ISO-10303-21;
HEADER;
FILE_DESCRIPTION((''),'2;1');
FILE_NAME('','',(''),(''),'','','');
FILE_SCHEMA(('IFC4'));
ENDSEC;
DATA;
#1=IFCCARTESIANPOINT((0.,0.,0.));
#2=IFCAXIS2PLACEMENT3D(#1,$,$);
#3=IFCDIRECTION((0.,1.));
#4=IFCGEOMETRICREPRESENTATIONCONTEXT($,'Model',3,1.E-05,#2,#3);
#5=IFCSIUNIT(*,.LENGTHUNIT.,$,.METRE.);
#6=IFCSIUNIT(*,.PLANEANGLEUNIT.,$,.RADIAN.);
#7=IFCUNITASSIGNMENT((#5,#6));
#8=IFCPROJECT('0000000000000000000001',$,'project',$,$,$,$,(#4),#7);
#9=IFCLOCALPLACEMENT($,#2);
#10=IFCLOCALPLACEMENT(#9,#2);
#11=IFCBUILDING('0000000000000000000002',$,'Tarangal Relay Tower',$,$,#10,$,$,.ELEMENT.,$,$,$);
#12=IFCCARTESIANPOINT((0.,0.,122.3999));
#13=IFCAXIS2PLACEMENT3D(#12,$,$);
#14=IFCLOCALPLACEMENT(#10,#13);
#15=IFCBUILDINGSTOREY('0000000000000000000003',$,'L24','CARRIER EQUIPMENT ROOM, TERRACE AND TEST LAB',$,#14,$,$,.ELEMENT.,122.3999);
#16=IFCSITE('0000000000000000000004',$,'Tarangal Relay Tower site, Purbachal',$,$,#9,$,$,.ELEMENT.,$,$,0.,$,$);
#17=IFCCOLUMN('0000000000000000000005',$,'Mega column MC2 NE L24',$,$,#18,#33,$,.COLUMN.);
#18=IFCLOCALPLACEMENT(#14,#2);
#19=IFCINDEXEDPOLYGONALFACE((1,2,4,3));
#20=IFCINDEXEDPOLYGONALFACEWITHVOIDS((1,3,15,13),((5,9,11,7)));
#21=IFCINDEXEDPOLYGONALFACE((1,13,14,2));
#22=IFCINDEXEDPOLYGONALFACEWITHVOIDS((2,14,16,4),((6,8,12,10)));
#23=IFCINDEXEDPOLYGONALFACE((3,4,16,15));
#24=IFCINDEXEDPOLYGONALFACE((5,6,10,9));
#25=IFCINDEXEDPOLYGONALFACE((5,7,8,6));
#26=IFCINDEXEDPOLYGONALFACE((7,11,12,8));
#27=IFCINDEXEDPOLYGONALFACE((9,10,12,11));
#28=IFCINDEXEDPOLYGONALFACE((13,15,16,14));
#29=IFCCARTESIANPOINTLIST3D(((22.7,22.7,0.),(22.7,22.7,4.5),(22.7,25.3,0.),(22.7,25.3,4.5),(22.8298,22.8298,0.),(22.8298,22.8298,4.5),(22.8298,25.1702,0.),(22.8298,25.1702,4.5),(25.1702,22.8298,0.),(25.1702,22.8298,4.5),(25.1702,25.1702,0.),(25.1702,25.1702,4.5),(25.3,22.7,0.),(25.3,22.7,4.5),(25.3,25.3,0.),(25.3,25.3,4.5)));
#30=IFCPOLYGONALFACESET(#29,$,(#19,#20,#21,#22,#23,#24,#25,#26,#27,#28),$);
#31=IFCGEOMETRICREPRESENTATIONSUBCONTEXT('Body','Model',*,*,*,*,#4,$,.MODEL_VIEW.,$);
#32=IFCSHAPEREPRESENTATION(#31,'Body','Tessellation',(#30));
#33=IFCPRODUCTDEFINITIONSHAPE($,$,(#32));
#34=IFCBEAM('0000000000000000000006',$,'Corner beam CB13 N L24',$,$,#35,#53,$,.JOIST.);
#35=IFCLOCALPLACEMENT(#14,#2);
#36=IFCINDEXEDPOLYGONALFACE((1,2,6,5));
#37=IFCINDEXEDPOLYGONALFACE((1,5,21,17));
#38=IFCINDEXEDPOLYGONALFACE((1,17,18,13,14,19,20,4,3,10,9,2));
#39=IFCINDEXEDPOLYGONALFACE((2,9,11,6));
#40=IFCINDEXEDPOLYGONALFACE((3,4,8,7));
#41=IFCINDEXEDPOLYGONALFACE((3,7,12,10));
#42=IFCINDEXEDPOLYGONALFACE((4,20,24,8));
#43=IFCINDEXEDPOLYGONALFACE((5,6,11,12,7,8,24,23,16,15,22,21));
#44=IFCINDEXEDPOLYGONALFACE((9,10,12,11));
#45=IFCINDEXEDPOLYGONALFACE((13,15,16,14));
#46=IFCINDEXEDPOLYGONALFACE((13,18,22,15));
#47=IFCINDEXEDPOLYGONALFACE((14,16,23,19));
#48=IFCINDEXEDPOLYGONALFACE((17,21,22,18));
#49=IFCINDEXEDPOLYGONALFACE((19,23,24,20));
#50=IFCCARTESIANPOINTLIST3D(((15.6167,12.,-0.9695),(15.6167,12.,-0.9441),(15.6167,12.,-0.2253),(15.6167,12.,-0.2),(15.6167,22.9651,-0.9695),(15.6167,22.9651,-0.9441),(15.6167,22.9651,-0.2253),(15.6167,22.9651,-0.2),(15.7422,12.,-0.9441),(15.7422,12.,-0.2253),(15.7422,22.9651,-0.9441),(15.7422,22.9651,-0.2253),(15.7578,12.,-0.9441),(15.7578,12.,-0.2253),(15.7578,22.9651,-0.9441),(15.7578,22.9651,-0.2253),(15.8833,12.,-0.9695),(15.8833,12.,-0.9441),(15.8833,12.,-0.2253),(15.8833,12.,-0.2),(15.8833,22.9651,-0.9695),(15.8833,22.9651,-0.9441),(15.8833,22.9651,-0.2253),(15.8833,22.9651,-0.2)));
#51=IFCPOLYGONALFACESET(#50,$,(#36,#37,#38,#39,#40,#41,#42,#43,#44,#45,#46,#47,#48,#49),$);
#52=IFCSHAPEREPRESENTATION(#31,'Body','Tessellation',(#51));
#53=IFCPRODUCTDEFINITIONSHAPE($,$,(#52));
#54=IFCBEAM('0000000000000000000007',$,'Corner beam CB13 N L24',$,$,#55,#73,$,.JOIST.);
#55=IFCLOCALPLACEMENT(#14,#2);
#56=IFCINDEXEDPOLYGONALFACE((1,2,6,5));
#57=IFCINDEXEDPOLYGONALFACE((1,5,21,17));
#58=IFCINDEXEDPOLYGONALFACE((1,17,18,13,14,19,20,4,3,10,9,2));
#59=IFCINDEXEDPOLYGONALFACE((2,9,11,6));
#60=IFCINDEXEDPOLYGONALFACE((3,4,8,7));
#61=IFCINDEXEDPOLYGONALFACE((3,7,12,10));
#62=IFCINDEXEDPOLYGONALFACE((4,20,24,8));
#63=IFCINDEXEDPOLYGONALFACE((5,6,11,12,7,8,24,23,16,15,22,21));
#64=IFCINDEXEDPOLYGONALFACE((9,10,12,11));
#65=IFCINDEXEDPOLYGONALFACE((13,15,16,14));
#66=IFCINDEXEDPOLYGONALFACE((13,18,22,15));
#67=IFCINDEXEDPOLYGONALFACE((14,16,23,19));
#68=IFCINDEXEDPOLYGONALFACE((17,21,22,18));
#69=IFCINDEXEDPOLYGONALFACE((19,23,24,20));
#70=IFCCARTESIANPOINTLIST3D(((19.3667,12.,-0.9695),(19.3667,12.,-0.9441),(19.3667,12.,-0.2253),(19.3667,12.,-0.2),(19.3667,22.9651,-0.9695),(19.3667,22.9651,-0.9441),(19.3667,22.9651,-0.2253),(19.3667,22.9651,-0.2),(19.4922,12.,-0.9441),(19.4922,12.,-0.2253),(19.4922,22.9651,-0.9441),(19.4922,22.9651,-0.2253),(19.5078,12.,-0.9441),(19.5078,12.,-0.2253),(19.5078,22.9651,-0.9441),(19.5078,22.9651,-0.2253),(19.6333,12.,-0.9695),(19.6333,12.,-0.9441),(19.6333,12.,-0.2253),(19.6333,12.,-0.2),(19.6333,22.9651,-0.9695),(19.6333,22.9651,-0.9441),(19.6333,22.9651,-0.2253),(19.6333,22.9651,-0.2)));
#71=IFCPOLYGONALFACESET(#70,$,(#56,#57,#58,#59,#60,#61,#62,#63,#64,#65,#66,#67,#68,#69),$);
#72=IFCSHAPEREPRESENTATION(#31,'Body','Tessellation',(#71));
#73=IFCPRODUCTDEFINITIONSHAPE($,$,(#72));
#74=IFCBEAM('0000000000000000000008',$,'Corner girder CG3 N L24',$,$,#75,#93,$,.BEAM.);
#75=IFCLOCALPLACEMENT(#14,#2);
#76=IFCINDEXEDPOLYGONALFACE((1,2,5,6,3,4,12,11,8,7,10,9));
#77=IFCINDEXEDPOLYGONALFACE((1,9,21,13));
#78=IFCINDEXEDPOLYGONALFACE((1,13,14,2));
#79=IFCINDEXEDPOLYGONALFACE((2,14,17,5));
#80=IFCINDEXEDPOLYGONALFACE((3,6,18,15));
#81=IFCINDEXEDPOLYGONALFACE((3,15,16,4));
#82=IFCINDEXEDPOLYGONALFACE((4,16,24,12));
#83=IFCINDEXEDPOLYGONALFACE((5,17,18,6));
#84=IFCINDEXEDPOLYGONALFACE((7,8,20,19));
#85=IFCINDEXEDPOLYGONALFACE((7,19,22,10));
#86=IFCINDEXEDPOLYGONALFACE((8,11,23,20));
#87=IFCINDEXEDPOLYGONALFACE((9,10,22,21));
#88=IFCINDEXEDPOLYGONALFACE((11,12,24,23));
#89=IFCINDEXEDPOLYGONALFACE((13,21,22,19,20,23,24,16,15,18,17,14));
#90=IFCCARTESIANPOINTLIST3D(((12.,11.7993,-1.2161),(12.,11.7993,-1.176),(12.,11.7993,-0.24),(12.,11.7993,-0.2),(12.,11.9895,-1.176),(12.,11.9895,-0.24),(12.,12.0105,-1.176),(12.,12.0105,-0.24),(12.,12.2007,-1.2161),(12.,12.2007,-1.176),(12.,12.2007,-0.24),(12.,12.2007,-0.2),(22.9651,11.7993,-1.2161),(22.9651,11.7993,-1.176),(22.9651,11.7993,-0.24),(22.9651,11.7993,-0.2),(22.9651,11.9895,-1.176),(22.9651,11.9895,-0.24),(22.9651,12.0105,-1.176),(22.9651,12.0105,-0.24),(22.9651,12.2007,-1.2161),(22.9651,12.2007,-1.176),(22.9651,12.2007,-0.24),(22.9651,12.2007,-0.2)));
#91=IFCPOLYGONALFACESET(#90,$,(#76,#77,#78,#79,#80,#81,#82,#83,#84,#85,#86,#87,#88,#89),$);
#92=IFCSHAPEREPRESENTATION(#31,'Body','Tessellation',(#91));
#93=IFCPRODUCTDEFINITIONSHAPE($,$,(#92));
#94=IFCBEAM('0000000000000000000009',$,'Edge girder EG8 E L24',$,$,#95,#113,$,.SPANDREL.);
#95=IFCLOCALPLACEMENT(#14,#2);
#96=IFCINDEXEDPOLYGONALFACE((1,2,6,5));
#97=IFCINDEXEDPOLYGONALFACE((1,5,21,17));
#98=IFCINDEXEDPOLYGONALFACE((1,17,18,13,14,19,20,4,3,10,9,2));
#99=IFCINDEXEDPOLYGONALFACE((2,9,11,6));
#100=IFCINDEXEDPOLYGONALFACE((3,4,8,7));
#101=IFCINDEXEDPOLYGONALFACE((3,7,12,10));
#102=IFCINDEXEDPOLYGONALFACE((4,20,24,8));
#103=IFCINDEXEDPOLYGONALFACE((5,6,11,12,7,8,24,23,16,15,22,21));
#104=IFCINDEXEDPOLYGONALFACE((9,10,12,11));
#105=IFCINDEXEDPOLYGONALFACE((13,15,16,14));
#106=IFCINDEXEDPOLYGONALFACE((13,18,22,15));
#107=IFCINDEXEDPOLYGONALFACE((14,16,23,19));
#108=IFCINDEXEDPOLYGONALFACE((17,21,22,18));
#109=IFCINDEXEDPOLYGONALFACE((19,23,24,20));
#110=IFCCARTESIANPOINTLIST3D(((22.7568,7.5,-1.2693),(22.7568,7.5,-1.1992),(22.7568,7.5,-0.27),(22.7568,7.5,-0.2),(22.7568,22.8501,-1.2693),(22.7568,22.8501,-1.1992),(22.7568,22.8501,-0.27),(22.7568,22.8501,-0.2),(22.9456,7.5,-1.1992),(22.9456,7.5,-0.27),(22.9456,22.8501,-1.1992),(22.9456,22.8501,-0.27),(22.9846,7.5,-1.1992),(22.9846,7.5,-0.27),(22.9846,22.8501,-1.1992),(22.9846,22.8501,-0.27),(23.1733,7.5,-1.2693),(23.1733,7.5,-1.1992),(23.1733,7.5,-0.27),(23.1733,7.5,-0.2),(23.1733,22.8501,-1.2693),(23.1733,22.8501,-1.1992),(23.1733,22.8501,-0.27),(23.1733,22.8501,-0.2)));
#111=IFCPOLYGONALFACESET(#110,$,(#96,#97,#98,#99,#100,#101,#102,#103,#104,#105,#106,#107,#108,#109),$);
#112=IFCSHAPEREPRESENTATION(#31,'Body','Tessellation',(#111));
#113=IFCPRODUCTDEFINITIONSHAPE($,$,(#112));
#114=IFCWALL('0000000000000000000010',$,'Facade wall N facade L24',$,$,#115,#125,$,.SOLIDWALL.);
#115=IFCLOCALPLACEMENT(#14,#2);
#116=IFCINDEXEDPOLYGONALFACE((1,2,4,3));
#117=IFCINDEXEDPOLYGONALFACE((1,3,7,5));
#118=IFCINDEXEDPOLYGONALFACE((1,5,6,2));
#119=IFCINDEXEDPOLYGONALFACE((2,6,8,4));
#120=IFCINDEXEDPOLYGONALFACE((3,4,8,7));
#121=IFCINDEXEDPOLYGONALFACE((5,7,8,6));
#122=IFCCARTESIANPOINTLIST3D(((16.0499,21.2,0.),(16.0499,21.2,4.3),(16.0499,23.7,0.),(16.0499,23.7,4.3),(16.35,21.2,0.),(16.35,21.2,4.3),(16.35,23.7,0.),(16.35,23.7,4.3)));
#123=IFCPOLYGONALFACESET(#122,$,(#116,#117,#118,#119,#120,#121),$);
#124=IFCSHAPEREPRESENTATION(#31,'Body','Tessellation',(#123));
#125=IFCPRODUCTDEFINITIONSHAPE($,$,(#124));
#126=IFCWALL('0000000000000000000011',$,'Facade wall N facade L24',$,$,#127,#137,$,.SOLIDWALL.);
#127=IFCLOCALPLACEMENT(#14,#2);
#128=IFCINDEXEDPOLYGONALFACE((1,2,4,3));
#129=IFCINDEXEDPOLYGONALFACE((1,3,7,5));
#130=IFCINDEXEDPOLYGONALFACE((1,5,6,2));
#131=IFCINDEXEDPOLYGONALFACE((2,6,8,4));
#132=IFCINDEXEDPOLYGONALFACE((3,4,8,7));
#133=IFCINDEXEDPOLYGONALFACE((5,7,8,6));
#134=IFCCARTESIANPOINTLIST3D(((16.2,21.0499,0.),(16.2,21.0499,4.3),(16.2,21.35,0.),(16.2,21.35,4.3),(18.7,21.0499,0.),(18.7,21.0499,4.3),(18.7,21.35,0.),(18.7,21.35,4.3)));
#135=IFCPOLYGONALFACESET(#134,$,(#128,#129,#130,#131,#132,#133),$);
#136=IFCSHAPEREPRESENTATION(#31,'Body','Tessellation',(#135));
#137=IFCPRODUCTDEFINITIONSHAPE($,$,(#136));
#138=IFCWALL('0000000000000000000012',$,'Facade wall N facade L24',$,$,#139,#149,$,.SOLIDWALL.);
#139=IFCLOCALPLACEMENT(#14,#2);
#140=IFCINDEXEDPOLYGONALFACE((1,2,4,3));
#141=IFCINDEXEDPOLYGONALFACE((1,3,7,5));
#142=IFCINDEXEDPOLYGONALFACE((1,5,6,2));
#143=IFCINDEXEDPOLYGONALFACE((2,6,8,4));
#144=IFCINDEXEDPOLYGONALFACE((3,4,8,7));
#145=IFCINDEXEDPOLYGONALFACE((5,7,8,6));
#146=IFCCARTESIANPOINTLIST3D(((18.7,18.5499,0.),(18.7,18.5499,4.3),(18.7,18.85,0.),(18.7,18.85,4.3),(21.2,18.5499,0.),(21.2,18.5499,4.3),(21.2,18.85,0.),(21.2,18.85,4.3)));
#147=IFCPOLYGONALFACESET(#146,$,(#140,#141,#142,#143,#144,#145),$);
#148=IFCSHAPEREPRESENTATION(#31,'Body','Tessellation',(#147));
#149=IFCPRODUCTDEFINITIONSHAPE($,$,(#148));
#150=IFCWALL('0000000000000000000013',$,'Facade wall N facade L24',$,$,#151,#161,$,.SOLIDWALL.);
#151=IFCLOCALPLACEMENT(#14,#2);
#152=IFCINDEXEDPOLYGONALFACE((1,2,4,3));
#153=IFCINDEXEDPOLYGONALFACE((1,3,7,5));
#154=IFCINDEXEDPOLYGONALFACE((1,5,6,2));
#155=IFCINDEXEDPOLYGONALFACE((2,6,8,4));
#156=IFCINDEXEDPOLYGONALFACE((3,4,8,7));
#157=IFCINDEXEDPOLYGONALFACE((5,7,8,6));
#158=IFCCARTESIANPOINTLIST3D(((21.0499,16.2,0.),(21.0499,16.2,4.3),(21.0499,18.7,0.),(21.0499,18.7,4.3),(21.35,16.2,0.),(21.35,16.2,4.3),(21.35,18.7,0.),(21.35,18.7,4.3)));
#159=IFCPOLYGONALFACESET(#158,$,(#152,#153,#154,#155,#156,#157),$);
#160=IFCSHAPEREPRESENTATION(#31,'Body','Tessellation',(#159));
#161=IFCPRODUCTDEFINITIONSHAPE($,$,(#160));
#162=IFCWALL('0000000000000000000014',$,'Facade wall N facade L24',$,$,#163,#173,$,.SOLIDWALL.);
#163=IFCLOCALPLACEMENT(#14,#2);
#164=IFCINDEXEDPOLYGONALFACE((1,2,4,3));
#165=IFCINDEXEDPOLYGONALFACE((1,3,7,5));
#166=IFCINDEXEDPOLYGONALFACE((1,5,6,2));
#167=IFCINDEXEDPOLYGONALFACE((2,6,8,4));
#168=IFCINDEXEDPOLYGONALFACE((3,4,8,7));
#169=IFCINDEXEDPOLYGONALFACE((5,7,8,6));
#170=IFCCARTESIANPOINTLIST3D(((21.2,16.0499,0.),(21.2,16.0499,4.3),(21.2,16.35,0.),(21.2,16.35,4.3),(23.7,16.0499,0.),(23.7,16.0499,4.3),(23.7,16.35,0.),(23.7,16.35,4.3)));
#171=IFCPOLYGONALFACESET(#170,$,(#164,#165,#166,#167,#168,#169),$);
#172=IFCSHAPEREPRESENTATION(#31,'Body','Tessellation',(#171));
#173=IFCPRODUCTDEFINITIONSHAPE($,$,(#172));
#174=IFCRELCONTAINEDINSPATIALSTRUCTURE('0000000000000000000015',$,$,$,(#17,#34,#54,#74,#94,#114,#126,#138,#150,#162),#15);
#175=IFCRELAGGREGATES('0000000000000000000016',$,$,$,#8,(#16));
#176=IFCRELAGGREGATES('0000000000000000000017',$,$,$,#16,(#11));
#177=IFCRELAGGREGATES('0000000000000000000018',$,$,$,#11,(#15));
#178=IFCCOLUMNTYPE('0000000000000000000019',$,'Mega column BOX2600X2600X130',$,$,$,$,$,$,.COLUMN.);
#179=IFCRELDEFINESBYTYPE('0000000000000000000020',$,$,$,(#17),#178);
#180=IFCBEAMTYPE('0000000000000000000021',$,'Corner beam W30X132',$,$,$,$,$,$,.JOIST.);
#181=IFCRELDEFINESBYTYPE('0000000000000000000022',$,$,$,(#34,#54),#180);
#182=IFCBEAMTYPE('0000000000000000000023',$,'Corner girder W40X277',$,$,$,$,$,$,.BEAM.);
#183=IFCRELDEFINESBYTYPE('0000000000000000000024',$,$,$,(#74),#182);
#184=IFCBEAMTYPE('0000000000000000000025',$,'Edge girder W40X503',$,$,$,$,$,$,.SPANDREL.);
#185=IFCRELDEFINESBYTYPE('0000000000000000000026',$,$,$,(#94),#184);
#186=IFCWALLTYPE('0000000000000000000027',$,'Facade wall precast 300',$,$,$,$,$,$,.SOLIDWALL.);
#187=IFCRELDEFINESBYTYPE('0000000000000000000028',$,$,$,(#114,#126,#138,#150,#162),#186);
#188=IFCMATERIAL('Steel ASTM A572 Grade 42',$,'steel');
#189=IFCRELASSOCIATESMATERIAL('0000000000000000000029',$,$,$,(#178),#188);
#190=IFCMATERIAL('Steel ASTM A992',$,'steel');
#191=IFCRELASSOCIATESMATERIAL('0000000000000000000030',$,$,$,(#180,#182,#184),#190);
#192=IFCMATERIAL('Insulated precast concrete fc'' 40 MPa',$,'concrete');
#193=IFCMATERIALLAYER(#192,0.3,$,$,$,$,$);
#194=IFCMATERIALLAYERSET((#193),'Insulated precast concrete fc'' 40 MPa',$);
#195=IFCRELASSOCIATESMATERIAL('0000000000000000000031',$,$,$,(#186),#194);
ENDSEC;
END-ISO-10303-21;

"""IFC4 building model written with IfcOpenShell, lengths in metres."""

from ifc_helpers import new_model, si_unit, direction, frame, frame_2d, origin, origin_2d, place, context, subcontext, project, spatial, rectangle, hollow_rectangle, i_section, extrude, material, layer, layer_set, material_profile, profile_set, type_object, element, save


model = new_model("IFC4")

# Units and contexts
model_context = context("Model", 3, precision=1e-05, world=origin(), true_north=direction((0.0, 1.0)))
body_context = subcontext(model_context, "Body", "Model", "MODEL_VIEW")
ifc_project = project(units=[si_unit("LENGTHUNIT", "METRE"), si_unit("PLANEANGLEUNIT", "RADIAN")], contexts=[model_context])

# Site, building, storey
site_placement = place(None, origin())
site = spatial("IfcSite", under=ifc_project, at=site_placement, Name="Tarangal Relay Tower site, Purbachal", CompositionType="ELEMENT", RefElevation=0.0)
building_placement = place(site_placement, origin())
building = spatial("IfcBuilding", under=site, at=building_placement, Name="Tarangal Relay Tower", CompositionType="ELEMENT")
storey_placement = place(building_placement, frame((0.0, 0.0, 122.3999)))
storey = spatial("IfcBuildingStorey", under=building, at=storey_placement, Name="L24", Description="CARRIER EQUIPMENT ROOM, TERRACE AND TEST LAB", CompositionType="ELEMENT", Elevation=122.3999)

# Column
ifc_material_1 = material(Name="Steel ASTM A572 Grade 42", Category="steel")
ifc_material_profile_1 = material_profile(ifc_material_1, hollow_rectangle(XDim=2.6001, YDim=2.6001, WallThickness=0.1299, at=origin_2d()), Name="BOX2600X2600X130")
ifc_profile_set_1 = profile_set([ifc_material_profile_1], Name="Steel ASTM A572 Grade 42")
column_type = type_object("IfcColumnType", Name="Mega column BOX2600X2600X130", PredefinedType="COLUMN", material=ifc_profile_set_1)
column_placement = place(storey_placement, frame((24.0, 24.0, 0.0), z_axis=(0.0, 0.0, 1.0), x_axis=(1.0, 0.0, 0.0)))
element("IfcColumn", 1, at=column_placement, inside=storey, type_object=column_type, Name="Mega column MC2 NE L24", PredefinedType="COLUMN", context=body_context, shape_type="SweptSolid", body=[
    extrude(hollow_rectangle(XDim=2.6001, YDim=2.6001, WallThickness=0.1299, at=origin_2d()), origin(), (0.0, 0.0, 1.0), 4.5),
])

# Beams
ifc_material_2 = material(Name="Steel ASTM A992", Category="steel")
ifc_material_profile_2 = material_profile(ifc_material_2, i_section(OverallWidth=0.2666, OverallDepth=0.7695, WebThickness=0.0156, FlangeThickness=0.0254, at=origin_2d()), Name="W30X132")
ifc_profile_set_2 = profile_set([ifc_material_profile_2], Name="Steel ASTM A992")
beam_type_1 = type_object("IfcBeamType", Name="Corner beam W30X132", PredefinedType="JOIST", material=ifc_profile_set_2)
for number, where, z_axis, x_axis, name in (
    (2, (15.75, 12.0, -0.5847), (0.0, 1.0, 0.0), (-1.0, 0.0, 0.0), "Corner beam CB13 N L24"),
    (3, (19.5, 12.0, -0.5847), (0.0, 1.0, 0.0), (-1.0, 0.0, 0.0), "Corner beam CB13 N L24"),
):
    element("IfcBeam", number, at=place(storey_placement, frame(where, z_axis=z_axis, x_axis=x_axis)), inside=storey, type_object=beam_type_1, Name=name, PredefinedType="JOIST", context=body_context, shape_type="SweptSolid", body=[
        extrude(i_section(OverallWidth=0.2666, OverallDepth=0.7695, WebThickness=0.0156, FlangeThickness=0.0254, at=origin_2d()), origin(), (0.0, 0.0, 1.0), 10.9651),
    ])
ifc_material_profile_3 = material_profile(ifc_material_2, i_section(OverallWidth=0.4014, OverallDepth=1.0161, WebThickness=0.021, FlangeThickness=0.04, at=origin_2d()), Name="W40X277")
ifc_profile_set_3 = profile_set([ifc_material_profile_3], Name="Steel ASTM A992")
beam_type_2 = type_object("IfcBeamType", Name="Corner girder W40X277", PredefinedType="BEAM", material=ifc_profile_set_3)
beam_1_placement = place(storey_placement, frame((12.0, 12.0, -0.708), z_axis=(1.0, 0.0, 0.0), x_axis=(0.0, 1.0, 0.0)))
element("IfcBeam", 4, at=beam_1_placement, inside=storey, type_object=beam_type_2, Name="Corner girder CG3 N L24", PredefinedType="BEAM", context=body_context, shape_type="SweptSolid", body=[
    extrude(i_section(OverallWidth=0.4014, OverallDepth=1.0161, WebThickness=0.021, FlangeThickness=0.04, at=origin_2d()), origin(), (0.0, 0.0, 1.0), 10.9651),
])
ifc_material_profile_4 = material_profile(ifc_material_2, i_section(OverallWidth=0.4165, OverallDepth=1.0693, WebThickness=0.0391, FlangeThickness=0.0701, at=origin_2d()), Name="W40X503")
ifc_profile_set_4 = profile_set([ifc_material_profile_4], Name="Steel ASTM A992")
beam_type_3 = type_object("IfcBeamType", Name="Edge girder W40X503", PredefinedType="SPANDREL", material=ifc_profile_set_4)
beam_2_placement = place(storey_placement, frame((22.9651, 22.8501, -0.7346), z_axis=(0.0, -1.0, 0.0), x_axis=(1.0, 0.0, 0.0)))
element("IfcBeam", 5, at=beam_2_placement, inside=storey, type_object=beam_type_3, Name="Edge girder EG8 E L24", PredefinedType="SPANDREL", context=body_context, shape_type="SweptSolid", body=[
    extrude(i_section(OverallWidth=0.4165, OverallDepth=1.0693, WebThickness=0.0391, FlangeThickness=0.0701, at=origin_2d()), origin(), (0.0, 0.0, 1.0), 15.3501),
])

# Walls
ifc_material_3 = material(Name="Insulated precast concrete fc' 40 MPa", Category="concrete")
ifc_layer_1 = layer(ifc_material_3, 0.3)
ifc_layer_set_1 = layer_set([ifc_layer_1], Name="Insulated precast concrete fc' 40 MPa")
wall_type_1 = type_object("IfcWallType", Name="Facade wall precast 300", PredefinedType="SOLIDWALL", material=ifc_layer_set_1)
for number, where, z_axis, x_axis, name in (
    (6, (16.2, 23.7, 0.0), (0.0, 0.0, 1.0), (0.0, -1.0, 0.0), "Facade wall N facade L24"),
    (7, (16.2, 21.2, 0.0), (0.0, 0.0, 1.0), (1.0, 0.0, 0.0), "Facade wall N facade L24"),
):
    element("IfcWall", number, at=place(storey_placement, frame(where, z_axis=z_axis, x_axis=x_axis)), inside=storey, type_object=wall_type_1, Name=name, PredefinedType="SOLIDWALL", context=body_context, shape_type="SweptSolid", body=[
        extrude(rectangle(XDim=2.5, YDim=0.3, at=frame_2d((1.25, 0.0))), origin(), (0.0, 0.0, 1.0), 4.3),
    ])

# Walls
for number, where, z_axis, x_axis, name in (
    (8, (18.7, 18.7, 0.0), (0.0, 0.0, 1.0), (1.0, 0.0, 0.0), "Facade wall N facade L24"),
    (9, (21.2, 18.7, 0.0), (0.0, 0.0, 1.0), (0.0, -1.0, 0.0), "Facade wall N facade L24"),
    (10, (21.2, 16.2, 0.0), (0.0, 0.0, 1.0), (1.0, 0.0, 0.0), "Facade wall N facade L24"),
):
    element("IfcWall", number, at=place(storey_placement, frame(where, z_axis=z_axis, x_axis=x_axis)), inside=storey, type_object=wall_type_1, Name=name, PredefinedType="SOLIDWALL", context=body_context, shape_type="SweptSolid", body=[
        extrude(rectangle(XDim=2.5, YDim=0.3, at=frame_2d((1.25, 0.0))), origin(), (0.0, 0.0, 1.0), 4.3),
    ])

save(model, "model.ifc")
